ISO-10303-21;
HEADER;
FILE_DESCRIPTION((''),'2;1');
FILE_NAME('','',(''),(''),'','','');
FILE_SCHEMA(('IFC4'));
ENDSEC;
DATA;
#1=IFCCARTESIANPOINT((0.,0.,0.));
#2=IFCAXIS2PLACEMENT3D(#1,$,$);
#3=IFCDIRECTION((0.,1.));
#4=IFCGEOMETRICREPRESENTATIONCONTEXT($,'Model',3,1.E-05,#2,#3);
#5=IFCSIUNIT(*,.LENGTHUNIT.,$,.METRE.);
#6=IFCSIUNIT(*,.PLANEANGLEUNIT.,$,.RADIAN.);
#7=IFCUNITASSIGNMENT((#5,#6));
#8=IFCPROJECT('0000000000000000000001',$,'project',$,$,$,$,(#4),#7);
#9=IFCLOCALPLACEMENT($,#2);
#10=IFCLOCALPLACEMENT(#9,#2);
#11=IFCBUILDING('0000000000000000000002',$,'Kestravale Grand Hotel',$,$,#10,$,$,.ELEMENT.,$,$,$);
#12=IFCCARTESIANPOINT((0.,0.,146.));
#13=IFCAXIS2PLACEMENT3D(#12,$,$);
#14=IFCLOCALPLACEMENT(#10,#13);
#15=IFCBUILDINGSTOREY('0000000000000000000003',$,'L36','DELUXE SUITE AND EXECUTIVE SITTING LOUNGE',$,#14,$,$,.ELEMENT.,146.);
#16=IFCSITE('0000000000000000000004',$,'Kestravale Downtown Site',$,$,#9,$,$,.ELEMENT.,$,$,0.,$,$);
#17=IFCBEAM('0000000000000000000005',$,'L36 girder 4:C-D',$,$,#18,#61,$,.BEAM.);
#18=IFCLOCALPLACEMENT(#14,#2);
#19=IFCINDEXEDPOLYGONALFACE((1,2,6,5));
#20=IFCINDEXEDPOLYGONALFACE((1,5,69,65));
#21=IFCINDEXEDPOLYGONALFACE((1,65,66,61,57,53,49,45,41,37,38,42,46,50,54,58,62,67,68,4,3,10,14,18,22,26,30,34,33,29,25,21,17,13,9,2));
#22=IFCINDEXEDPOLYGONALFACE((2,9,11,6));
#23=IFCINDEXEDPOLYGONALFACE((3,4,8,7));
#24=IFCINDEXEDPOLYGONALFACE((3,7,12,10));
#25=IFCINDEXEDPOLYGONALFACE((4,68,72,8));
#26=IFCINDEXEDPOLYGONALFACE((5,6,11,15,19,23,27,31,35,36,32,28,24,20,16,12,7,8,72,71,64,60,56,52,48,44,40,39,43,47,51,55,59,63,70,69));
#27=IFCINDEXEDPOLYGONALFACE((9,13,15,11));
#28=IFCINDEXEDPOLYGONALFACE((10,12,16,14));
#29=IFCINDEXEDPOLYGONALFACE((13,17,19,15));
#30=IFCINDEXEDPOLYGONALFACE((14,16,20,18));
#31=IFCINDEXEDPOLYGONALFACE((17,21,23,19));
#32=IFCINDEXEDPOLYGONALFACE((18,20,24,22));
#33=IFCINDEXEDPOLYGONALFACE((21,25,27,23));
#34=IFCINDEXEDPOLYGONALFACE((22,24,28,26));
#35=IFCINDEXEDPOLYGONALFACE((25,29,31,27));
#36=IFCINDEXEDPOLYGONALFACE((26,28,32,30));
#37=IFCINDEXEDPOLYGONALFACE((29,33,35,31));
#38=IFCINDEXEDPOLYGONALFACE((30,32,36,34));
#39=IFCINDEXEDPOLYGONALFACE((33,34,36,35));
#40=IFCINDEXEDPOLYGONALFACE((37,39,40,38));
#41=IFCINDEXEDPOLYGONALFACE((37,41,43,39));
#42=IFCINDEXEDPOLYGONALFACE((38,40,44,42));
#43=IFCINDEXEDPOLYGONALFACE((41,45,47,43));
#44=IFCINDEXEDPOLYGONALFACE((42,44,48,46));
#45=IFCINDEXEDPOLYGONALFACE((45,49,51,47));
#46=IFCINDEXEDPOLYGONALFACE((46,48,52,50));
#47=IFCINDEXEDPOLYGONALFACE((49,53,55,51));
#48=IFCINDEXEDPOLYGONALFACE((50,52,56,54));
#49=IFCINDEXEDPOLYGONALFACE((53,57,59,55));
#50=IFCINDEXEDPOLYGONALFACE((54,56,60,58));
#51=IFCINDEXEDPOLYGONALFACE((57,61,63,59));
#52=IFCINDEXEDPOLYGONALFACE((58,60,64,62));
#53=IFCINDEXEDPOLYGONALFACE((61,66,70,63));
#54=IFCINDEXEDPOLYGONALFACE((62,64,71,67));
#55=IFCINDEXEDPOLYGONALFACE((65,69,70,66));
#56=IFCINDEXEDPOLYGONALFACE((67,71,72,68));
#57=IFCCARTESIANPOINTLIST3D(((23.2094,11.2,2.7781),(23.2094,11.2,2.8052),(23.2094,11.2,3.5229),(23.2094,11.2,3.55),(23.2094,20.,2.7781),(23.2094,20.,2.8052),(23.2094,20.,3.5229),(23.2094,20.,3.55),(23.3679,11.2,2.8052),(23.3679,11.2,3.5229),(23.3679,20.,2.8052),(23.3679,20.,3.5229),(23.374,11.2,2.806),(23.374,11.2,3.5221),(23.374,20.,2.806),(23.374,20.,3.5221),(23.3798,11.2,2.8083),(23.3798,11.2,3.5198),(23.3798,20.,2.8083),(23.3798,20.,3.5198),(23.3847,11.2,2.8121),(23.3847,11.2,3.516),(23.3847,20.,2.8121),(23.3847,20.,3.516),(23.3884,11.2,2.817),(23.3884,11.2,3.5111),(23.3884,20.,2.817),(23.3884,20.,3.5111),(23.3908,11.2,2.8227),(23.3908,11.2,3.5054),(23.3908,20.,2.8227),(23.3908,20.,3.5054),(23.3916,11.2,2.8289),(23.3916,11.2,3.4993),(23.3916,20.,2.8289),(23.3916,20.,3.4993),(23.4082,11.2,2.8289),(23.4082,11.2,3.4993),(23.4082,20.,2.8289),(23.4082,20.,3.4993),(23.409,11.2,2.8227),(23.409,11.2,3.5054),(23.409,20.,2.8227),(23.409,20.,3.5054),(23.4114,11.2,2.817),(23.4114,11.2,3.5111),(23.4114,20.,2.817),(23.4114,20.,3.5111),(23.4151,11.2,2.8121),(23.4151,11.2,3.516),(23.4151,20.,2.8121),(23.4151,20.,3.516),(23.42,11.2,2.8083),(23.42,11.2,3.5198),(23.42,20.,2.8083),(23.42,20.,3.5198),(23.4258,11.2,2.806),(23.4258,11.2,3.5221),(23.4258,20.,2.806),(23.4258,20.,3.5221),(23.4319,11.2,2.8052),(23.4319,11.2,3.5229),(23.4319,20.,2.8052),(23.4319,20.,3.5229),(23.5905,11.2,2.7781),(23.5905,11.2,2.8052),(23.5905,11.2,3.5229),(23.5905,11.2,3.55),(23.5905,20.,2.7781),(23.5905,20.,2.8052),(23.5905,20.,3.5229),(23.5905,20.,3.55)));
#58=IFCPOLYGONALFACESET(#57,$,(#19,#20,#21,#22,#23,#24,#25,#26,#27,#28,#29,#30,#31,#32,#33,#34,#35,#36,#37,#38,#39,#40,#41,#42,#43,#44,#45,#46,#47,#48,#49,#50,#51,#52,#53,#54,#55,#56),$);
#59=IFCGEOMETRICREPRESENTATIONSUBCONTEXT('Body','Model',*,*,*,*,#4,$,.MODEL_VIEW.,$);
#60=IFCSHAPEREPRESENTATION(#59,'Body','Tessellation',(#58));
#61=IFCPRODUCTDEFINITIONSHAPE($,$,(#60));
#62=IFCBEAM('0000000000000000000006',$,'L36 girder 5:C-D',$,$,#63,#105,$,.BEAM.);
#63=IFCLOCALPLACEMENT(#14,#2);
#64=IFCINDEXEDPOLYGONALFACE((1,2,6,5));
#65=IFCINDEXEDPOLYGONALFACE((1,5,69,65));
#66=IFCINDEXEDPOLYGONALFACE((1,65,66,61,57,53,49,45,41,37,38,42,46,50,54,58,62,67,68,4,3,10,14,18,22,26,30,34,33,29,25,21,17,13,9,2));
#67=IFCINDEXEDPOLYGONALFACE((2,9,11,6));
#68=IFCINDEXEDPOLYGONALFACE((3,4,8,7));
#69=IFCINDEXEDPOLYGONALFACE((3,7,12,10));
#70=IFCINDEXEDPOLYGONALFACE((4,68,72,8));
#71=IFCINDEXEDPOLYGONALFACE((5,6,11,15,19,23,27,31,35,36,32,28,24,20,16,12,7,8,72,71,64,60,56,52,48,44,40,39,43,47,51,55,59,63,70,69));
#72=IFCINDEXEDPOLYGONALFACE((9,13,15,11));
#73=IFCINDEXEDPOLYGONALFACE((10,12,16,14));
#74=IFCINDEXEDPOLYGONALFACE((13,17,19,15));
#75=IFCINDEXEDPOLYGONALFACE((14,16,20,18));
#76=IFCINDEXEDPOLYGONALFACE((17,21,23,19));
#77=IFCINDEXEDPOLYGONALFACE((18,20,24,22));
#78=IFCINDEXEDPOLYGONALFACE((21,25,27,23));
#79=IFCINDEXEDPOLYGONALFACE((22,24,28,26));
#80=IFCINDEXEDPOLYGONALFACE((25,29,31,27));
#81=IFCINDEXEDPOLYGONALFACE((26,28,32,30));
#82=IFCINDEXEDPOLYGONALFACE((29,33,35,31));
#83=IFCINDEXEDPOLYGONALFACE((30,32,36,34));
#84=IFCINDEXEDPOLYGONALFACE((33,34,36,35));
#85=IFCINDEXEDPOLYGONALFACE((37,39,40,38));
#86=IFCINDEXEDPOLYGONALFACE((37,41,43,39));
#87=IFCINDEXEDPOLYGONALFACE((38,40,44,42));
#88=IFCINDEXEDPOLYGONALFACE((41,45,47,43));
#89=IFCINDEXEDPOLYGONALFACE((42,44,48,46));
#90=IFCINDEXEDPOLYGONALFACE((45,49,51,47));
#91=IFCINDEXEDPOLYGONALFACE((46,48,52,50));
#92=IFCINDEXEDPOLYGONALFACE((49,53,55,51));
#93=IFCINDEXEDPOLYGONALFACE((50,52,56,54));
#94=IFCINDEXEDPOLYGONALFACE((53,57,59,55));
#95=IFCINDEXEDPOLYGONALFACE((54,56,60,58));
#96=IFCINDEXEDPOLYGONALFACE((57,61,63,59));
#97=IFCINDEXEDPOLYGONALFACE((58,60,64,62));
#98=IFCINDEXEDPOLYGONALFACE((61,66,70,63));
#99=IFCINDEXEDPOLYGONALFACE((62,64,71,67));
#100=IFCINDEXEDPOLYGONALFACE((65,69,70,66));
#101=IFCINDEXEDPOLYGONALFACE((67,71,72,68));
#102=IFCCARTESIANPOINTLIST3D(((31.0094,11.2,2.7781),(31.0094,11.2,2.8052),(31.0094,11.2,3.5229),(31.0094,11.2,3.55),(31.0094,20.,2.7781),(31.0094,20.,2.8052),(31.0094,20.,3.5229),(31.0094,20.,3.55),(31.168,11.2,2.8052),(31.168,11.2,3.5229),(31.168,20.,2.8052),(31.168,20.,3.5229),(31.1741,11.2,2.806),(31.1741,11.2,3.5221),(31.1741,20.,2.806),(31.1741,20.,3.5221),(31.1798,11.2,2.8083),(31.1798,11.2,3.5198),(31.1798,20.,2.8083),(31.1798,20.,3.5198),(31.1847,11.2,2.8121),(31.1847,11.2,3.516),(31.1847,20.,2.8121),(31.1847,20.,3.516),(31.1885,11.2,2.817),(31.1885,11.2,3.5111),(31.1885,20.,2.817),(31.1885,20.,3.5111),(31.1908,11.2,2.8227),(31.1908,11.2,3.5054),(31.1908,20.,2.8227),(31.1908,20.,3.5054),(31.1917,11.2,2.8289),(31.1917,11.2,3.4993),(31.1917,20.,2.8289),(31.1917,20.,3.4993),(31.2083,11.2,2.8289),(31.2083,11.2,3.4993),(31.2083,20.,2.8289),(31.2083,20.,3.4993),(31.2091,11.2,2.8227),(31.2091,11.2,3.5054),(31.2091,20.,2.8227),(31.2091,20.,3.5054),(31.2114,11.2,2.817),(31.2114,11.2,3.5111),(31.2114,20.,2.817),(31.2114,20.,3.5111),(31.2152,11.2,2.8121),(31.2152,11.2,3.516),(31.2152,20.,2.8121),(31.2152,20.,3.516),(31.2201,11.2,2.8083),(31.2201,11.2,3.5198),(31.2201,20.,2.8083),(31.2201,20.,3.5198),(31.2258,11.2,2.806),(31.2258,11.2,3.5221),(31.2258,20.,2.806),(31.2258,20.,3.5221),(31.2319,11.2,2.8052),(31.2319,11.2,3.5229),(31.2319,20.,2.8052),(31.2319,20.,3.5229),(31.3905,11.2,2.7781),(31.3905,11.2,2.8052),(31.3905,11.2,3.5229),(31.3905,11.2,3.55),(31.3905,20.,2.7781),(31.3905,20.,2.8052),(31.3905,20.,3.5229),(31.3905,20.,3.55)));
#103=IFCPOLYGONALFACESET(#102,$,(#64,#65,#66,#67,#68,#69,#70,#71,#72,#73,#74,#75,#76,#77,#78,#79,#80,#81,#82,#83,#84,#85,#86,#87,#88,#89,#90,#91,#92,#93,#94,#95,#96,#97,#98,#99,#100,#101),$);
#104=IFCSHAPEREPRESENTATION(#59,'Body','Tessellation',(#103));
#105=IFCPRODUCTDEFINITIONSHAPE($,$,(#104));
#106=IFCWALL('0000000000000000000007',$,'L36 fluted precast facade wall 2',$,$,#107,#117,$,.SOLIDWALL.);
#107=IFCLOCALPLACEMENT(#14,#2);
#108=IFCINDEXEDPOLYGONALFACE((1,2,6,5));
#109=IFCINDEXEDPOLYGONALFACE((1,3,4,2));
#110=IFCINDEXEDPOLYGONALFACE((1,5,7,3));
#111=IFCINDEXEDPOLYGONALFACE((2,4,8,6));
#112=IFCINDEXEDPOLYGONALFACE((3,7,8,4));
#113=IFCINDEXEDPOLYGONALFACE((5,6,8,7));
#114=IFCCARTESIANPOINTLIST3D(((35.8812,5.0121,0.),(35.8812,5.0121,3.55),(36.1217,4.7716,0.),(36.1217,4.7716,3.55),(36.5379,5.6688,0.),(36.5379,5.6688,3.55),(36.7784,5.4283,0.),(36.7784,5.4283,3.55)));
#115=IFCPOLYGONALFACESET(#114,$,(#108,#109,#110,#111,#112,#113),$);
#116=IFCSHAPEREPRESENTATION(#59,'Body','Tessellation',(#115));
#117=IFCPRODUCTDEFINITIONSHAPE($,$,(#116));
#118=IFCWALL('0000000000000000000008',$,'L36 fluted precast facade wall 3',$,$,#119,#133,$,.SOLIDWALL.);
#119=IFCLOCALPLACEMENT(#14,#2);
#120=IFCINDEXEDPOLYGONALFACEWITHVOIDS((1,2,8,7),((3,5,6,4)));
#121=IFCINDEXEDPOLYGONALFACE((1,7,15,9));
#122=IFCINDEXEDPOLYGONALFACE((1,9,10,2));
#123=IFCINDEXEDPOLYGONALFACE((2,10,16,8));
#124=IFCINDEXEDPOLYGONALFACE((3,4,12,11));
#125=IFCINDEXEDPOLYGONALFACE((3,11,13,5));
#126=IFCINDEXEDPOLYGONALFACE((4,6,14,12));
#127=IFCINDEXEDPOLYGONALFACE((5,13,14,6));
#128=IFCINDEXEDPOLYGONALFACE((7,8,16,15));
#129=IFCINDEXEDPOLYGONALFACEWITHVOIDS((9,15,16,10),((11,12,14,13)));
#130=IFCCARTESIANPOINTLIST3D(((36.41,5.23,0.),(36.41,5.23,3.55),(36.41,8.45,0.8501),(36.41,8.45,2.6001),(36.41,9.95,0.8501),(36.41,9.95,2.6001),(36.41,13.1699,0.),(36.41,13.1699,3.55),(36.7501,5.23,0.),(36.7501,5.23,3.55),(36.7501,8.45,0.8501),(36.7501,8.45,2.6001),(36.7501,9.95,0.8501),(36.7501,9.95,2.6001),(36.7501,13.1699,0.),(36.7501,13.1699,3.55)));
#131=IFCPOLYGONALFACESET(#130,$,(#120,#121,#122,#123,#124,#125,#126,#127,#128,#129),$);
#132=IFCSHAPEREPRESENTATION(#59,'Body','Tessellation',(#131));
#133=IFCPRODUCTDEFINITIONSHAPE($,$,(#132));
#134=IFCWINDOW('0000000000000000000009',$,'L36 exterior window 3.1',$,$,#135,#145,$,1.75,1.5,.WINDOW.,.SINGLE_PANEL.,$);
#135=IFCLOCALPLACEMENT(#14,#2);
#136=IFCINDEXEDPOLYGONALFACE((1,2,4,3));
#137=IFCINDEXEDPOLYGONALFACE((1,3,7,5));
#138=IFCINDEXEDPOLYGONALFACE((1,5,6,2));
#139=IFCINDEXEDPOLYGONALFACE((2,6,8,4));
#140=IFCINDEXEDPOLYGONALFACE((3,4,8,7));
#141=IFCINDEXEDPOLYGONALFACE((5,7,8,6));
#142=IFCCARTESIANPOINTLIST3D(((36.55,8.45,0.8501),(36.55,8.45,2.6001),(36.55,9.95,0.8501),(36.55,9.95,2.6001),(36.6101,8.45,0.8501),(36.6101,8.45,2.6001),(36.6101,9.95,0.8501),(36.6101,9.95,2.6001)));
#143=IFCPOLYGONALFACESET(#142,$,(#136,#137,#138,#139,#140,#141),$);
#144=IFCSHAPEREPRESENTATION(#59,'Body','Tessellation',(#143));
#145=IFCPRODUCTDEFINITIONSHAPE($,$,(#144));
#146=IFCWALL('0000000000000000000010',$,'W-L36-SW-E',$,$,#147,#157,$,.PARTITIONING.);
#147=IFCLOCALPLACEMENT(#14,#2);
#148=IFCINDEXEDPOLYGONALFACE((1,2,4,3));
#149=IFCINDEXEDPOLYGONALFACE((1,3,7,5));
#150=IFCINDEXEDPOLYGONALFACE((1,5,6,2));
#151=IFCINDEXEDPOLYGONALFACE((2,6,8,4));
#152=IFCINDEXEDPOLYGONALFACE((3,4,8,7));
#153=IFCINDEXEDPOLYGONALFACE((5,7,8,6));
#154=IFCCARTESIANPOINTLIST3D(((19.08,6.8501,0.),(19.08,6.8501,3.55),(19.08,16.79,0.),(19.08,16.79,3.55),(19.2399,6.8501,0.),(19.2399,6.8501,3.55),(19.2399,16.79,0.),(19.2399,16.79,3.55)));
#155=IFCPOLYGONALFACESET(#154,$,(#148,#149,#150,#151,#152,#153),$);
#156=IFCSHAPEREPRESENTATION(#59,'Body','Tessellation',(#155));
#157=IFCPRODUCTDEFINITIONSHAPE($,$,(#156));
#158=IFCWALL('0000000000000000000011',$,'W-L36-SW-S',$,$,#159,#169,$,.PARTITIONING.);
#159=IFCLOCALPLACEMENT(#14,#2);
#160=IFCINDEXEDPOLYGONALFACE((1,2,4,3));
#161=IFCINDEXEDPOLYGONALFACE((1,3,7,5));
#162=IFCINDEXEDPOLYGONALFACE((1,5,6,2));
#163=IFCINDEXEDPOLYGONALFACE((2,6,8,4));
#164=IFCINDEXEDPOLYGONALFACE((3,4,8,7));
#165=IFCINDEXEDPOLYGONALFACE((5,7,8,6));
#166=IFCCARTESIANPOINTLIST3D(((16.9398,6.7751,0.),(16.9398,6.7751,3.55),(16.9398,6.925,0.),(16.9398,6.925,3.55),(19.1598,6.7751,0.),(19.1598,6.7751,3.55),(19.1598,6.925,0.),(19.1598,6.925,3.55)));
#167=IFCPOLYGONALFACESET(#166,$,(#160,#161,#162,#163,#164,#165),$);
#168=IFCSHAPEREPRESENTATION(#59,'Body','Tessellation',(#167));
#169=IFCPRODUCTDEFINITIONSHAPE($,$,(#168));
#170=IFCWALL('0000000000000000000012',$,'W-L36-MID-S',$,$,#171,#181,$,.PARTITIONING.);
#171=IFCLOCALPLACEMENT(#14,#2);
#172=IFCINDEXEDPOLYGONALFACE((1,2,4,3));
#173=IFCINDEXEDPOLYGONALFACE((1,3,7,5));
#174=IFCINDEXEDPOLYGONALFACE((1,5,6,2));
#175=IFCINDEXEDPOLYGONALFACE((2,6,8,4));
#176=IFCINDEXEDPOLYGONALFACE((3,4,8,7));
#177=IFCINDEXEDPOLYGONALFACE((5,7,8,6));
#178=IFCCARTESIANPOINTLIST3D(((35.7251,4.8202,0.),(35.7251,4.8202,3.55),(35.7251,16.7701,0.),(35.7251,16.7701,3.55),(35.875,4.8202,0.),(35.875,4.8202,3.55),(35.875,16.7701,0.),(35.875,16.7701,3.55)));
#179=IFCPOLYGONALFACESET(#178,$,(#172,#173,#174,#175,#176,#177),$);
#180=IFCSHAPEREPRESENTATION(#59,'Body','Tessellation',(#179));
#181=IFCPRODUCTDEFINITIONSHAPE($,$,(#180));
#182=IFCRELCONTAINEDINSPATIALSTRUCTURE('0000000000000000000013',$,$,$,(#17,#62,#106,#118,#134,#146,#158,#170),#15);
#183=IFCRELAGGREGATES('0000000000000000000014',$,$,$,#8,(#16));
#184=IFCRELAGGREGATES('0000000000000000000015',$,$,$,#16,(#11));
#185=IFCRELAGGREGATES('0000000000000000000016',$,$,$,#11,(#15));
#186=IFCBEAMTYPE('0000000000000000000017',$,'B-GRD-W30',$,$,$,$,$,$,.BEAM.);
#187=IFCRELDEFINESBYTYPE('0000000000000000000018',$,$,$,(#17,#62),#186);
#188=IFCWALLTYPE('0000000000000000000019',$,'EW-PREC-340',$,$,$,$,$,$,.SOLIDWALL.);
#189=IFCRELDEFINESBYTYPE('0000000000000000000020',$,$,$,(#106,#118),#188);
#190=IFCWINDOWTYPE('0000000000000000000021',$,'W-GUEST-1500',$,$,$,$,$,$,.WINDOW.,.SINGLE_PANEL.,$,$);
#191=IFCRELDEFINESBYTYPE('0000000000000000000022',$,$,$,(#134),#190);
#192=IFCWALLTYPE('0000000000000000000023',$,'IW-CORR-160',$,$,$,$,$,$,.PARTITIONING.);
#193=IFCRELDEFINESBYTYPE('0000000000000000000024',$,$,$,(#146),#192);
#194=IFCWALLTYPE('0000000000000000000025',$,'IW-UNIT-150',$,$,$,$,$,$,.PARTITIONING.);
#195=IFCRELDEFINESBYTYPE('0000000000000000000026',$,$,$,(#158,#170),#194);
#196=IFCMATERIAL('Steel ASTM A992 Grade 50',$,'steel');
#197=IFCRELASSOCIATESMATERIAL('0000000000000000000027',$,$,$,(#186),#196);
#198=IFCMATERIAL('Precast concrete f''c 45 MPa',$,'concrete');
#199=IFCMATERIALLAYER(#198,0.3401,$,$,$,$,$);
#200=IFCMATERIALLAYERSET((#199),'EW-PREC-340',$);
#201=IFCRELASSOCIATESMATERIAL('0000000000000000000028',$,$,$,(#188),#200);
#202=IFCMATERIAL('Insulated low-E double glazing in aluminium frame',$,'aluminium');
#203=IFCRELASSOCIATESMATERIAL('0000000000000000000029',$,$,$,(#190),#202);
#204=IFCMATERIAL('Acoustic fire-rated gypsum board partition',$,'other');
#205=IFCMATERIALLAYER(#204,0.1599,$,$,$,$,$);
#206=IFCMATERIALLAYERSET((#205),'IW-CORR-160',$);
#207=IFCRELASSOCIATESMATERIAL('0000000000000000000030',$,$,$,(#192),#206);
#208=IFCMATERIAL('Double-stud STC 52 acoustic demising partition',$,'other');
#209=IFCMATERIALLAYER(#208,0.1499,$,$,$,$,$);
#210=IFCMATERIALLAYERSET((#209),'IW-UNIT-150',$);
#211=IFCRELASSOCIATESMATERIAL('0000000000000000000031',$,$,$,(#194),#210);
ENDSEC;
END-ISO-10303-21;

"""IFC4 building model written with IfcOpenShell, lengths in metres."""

from ifc_helpers import new_model, si_unit, direction, frame, frame_2d, origin, origin_2d, place, context, subcontext, project, spatial, rectangle, i_section, extrude, material, layer, layer_set, material_profile, profile_set, type_object, element, fill, save


model = new_model("IFC4")

# Units and contexts
model_context = context("Model", 3, precision=1e-05, world=origin(), true_north=direction((0.0, 1.0)))
body_context = subcontext(model_context, "Body", "Model", "MODEL_VIEW")
ifc_project = project(units=[si_unit("LENGTHUNIT", "METRE"), si_unit("PLANEANGLEUNIT", "RADIAN")], contexts=[model_context])

# Site, building, storey
site_placement = place(None, origin())
site = spatial("IfcSite", under=ifc_project, at=site_placement, Name="Kestravale Downtown Site", CompositionType="ELEMENT", RefElevation=0.0)
building_placement = place(site_placement, origin())
building = spatial("IfcBuilding", under=site, at=building_placement, Name="Kestravale Grand Hotel", CompositionType="ELEMENT")
storey_placement = place(building_placement, frame((0.0, 0.0, 146.0)))
storey = spatial("IfcBuildingStorey", under=building, at=storey_placement, Name="L36", Description="DELUXE SUITE AND EXECUTIVE SITTING LOUNGE", CompositionType="ELEMENT", Elevation=146.0)

# Beams
ifc_material_1 = material(Name="Steel ASTM A992 Grade 50", Category="steel")
ifc_material_profile_1 = material_profile(ifc_material_1, i_section(OverallWidth=0.3811, OverallDepth=0.772, WebThickness=0.0166, FlangeThickness=0.0271, FilletRadius=0.0237, at=origin_2d()))
ifc_profile_set_1 = profile_set([ifc_material_profile_1], Name="Steel ASTM A992 Grade 50")
beam_type_1 = type_object("IfcBeamType", Name="B-GRD-W30", PredefinedType="BEAM", material=ifc_profile_set_1)
for number, where, z_axis, x_axis, name in (
    (1, (23.3999, 11.2, 3.1641), (0.0, 1.0, 0.0), (-1.0, 0.0, 0.0), "L36 girder 4:C-D"),
    (2, (31.2, 11.2, 3.1641), (0.0, 1.0, 0.0), (-1.0, 0.0, 0.0), "L36 girder 5:C-D"),
):
    element("IfcBeam", number, at=place(storey_placement, frame(where, z_axis=z_axis, x_axis=x_axis)), inside=storey, type_object=beam_type_1, Name=name, PredefinedType="BEAM", context=body_context, shape_type="SweptSolid", body=[
        extrude(i_section(OverallWidth=0.3811, OverallDepth=0.772, WebThickness=0.0166, FlangeThickness=0.0271, FilletRadius=0.0237, at=origin_2d()), origin(), (0.0, 0.0, 1.0), 8.8),
    ])

# Wall
ifc_material_2 = material(Name="Precast concrete f'c 45 MPa", Category="concrete")
ifc_layer_1 = layer(ifc_material_2, 0.3401)
ifc_layer_set_1 = layer_set([ifc_layer_1], Name="EW-PREC-340")
wall_type_1 = type_object("IfcWallType", Name="EW-PREC-340", PredefinedType="SOLIDWALL", material=ifc_layer_set_1)
wall_1_placement = place(storey_placement, frame((36.0015, 4.8918, 0.0), z_axis=(0.0, 0.0, 1.0), x_axis=(0.707107, 0.707107, 0.0)))
element("IfcWall", 3, at=wall_1_placement, inside=storey, type_object=wall_type_1, Name="L36 fluted precast facade wall 2", PredefinedType="SOLIDWALL", context=body_context, shape_type="SweptSolid", body=[
    extrude(rectangle(XDim=0.9287, YDim=0.3401, at=frame_2d((0.4644, 0.0))), origin(), (0.0, 0.0, 1.0), 3.55),
])

# Wall, opening, window
wall_2_placement = place(storey_placement, frame((36.5801, 5.23, 0.0), z_axis=(0.0, 0.0, 1.0), x_axis=(0.0, 1.0, 0.0)))
wall_2 = element("IfcWall", 4, at=wall_2_placement, inside=storey, type_object=wall_type_1, Name="L36 fluted precast facade wall 3", PredefinedType="SOLIDWALL", context=body_context, shape_type="SweptSolid", body=[
    extrude(rectangle(XDim=7.9399, YDim=0.3401, at=frame_2d((3.97, 0.0))), origin(), (0.0, 0.0, 1.0), 3.55),
])
opening_placement = place(wall_2_placement, frame((3.22, 0.0, 0.8501)))
opening = element("IfcOpeningElement", 5, at=opening_placement, cuts=wall_2, PredefinedType="OPENING", context=body_context, shape_type="SweptSolid", body=[
    extrude(rectangle(XDim=1.5, YDim=1.75, at=frame_2d((0.75, 0.875))), frame((0.0, 0.1799, 0.0), z_axis=(0.0, -1.0, 0.0), x_axis=(1.0, 0.0, 0.0)), (0.0, 0.0, 1.0), 0.3601),
])
ifc_material_3 = material(Name="Insulated low-E double glazing in aluminium frame", Category="aluminium")
window_type = type_object("IfcWindowType", Name="W-GUEST-1500", PartitioningType="SINGLE_PANEL", PredefinedType="WINDOW", material=ifc_material_3)
window_placement = place(opening_placement, origin())
window = element("IfcWindow", 6, at=window_placement, inside=storey, type_object=window_type, Name="L36 exterior window 3.1", OverallHeight=1.75, OverallWidth=1.5, PartitioningType="SINGLE_PANEL", PredefinedType="WINDOW", context=body_context, shape_type="SweptSolid", body=[
    extrude(rectangle(XDim=1.5, YDim=1.75, at=frame_2d((0.75, 0.875))), frame((0.0, 0.03, 0.0), z_axis=(0.0, -1.0, 0.0), x_axis=(1.0, 0.0, 0.0)), (0.0, 0.0, 1.0), 0.0601),
])
fill(opening, window)

# Walls
ifc_material_4 = material(Name="Acoustic fire-rated gypsum board partition", Category="other")
ifc_layer_2 = layer(ifc_material_4, 0.1599)
ifc_layer_set_2 = layer_set([ifc_layer_2], Name="IW-CORR-160")
wall_type_2 = type_object("IfcWallType", Name="IW-CORR-160", PredefinedType="PARTITIONING", material=ifc_layer_set_2)
wall_3_placement = place(storey_placement, frame((19.1599, 6.8501, 0.0), z_axis=(0.0, 0.0, 1.0), x_axis=(0.0, 1.0, 0.0)))
element("IfcWall", 7, at=wall_3_placement, inside=storey, type_object=wall_type_2, Name="W-L36-SW-E", PredefinedType="PARTITIONING", context=body_context, shape_type="SweptSolid", body=[
    extrude(rectangle(XDim=9.9399, YDim=0.1599, at=frame_2d((4.97, 0.0))), origin(), (0.0, 0.0, 1.0), 3.55),
])
ifc_material_5 = material(Name="Double-stud STC 52 acoustic demising partition", Category="other")
ifc_layer_3 = layer(ifc_material_5, 0.1499)
ifc_layer_set_3 = layer_set([ifc_layer_3], Name="IW-UNIT-150")
wall_type_3 = type_object("IfcWallType", Name="IW-UNIT-150", PredefinedType="PARTITIONING", material=ifc_layer_set_3)
wall_4_placement = place(storey_placement, frame((16.9399, 6.8501, 0.0), z_axis=(0.0, 0.0, 1.0), x_axis=(1.0, 0.0, 0.0)))
element("IfcWall", 8, at=wall_4_placement, inside=storey, type_object=wall_type_3, Name="W-L36-SW-S", PredefinedType="PARTITIONING", context=body_context, shape_type="SweptSolid", body=[
    extrude(rectangle(XDim=2.22, YDim=0.1499, at=frame_2d((1.1099, 0.0))), origin(), (0.0, 0.0, 1.0), 3.55),
])
wall_5_placement = place(storey_placement, frame((35.8, 4.8201, 0.0), z_axis=(0.0, 0.0, 1.0), x_axis=(0.0, 1.0, 0.0)))
element("IfcWall", 9, at=wall_5_placement, inside=storey, type_object=wall_type_3, Name="W-L36-MID-S", PredefinedType="PARTITIONING", context=body_context, shape_type="SweptSolid", body=[
    extrude(rectangle(XDim=11.95, YDim=0.1499, at=frame_2d((5.9751, 0.0))), origin(), (0.0, 0.0, 1.0), 3.55),
])

save(model, "model.ifc")
